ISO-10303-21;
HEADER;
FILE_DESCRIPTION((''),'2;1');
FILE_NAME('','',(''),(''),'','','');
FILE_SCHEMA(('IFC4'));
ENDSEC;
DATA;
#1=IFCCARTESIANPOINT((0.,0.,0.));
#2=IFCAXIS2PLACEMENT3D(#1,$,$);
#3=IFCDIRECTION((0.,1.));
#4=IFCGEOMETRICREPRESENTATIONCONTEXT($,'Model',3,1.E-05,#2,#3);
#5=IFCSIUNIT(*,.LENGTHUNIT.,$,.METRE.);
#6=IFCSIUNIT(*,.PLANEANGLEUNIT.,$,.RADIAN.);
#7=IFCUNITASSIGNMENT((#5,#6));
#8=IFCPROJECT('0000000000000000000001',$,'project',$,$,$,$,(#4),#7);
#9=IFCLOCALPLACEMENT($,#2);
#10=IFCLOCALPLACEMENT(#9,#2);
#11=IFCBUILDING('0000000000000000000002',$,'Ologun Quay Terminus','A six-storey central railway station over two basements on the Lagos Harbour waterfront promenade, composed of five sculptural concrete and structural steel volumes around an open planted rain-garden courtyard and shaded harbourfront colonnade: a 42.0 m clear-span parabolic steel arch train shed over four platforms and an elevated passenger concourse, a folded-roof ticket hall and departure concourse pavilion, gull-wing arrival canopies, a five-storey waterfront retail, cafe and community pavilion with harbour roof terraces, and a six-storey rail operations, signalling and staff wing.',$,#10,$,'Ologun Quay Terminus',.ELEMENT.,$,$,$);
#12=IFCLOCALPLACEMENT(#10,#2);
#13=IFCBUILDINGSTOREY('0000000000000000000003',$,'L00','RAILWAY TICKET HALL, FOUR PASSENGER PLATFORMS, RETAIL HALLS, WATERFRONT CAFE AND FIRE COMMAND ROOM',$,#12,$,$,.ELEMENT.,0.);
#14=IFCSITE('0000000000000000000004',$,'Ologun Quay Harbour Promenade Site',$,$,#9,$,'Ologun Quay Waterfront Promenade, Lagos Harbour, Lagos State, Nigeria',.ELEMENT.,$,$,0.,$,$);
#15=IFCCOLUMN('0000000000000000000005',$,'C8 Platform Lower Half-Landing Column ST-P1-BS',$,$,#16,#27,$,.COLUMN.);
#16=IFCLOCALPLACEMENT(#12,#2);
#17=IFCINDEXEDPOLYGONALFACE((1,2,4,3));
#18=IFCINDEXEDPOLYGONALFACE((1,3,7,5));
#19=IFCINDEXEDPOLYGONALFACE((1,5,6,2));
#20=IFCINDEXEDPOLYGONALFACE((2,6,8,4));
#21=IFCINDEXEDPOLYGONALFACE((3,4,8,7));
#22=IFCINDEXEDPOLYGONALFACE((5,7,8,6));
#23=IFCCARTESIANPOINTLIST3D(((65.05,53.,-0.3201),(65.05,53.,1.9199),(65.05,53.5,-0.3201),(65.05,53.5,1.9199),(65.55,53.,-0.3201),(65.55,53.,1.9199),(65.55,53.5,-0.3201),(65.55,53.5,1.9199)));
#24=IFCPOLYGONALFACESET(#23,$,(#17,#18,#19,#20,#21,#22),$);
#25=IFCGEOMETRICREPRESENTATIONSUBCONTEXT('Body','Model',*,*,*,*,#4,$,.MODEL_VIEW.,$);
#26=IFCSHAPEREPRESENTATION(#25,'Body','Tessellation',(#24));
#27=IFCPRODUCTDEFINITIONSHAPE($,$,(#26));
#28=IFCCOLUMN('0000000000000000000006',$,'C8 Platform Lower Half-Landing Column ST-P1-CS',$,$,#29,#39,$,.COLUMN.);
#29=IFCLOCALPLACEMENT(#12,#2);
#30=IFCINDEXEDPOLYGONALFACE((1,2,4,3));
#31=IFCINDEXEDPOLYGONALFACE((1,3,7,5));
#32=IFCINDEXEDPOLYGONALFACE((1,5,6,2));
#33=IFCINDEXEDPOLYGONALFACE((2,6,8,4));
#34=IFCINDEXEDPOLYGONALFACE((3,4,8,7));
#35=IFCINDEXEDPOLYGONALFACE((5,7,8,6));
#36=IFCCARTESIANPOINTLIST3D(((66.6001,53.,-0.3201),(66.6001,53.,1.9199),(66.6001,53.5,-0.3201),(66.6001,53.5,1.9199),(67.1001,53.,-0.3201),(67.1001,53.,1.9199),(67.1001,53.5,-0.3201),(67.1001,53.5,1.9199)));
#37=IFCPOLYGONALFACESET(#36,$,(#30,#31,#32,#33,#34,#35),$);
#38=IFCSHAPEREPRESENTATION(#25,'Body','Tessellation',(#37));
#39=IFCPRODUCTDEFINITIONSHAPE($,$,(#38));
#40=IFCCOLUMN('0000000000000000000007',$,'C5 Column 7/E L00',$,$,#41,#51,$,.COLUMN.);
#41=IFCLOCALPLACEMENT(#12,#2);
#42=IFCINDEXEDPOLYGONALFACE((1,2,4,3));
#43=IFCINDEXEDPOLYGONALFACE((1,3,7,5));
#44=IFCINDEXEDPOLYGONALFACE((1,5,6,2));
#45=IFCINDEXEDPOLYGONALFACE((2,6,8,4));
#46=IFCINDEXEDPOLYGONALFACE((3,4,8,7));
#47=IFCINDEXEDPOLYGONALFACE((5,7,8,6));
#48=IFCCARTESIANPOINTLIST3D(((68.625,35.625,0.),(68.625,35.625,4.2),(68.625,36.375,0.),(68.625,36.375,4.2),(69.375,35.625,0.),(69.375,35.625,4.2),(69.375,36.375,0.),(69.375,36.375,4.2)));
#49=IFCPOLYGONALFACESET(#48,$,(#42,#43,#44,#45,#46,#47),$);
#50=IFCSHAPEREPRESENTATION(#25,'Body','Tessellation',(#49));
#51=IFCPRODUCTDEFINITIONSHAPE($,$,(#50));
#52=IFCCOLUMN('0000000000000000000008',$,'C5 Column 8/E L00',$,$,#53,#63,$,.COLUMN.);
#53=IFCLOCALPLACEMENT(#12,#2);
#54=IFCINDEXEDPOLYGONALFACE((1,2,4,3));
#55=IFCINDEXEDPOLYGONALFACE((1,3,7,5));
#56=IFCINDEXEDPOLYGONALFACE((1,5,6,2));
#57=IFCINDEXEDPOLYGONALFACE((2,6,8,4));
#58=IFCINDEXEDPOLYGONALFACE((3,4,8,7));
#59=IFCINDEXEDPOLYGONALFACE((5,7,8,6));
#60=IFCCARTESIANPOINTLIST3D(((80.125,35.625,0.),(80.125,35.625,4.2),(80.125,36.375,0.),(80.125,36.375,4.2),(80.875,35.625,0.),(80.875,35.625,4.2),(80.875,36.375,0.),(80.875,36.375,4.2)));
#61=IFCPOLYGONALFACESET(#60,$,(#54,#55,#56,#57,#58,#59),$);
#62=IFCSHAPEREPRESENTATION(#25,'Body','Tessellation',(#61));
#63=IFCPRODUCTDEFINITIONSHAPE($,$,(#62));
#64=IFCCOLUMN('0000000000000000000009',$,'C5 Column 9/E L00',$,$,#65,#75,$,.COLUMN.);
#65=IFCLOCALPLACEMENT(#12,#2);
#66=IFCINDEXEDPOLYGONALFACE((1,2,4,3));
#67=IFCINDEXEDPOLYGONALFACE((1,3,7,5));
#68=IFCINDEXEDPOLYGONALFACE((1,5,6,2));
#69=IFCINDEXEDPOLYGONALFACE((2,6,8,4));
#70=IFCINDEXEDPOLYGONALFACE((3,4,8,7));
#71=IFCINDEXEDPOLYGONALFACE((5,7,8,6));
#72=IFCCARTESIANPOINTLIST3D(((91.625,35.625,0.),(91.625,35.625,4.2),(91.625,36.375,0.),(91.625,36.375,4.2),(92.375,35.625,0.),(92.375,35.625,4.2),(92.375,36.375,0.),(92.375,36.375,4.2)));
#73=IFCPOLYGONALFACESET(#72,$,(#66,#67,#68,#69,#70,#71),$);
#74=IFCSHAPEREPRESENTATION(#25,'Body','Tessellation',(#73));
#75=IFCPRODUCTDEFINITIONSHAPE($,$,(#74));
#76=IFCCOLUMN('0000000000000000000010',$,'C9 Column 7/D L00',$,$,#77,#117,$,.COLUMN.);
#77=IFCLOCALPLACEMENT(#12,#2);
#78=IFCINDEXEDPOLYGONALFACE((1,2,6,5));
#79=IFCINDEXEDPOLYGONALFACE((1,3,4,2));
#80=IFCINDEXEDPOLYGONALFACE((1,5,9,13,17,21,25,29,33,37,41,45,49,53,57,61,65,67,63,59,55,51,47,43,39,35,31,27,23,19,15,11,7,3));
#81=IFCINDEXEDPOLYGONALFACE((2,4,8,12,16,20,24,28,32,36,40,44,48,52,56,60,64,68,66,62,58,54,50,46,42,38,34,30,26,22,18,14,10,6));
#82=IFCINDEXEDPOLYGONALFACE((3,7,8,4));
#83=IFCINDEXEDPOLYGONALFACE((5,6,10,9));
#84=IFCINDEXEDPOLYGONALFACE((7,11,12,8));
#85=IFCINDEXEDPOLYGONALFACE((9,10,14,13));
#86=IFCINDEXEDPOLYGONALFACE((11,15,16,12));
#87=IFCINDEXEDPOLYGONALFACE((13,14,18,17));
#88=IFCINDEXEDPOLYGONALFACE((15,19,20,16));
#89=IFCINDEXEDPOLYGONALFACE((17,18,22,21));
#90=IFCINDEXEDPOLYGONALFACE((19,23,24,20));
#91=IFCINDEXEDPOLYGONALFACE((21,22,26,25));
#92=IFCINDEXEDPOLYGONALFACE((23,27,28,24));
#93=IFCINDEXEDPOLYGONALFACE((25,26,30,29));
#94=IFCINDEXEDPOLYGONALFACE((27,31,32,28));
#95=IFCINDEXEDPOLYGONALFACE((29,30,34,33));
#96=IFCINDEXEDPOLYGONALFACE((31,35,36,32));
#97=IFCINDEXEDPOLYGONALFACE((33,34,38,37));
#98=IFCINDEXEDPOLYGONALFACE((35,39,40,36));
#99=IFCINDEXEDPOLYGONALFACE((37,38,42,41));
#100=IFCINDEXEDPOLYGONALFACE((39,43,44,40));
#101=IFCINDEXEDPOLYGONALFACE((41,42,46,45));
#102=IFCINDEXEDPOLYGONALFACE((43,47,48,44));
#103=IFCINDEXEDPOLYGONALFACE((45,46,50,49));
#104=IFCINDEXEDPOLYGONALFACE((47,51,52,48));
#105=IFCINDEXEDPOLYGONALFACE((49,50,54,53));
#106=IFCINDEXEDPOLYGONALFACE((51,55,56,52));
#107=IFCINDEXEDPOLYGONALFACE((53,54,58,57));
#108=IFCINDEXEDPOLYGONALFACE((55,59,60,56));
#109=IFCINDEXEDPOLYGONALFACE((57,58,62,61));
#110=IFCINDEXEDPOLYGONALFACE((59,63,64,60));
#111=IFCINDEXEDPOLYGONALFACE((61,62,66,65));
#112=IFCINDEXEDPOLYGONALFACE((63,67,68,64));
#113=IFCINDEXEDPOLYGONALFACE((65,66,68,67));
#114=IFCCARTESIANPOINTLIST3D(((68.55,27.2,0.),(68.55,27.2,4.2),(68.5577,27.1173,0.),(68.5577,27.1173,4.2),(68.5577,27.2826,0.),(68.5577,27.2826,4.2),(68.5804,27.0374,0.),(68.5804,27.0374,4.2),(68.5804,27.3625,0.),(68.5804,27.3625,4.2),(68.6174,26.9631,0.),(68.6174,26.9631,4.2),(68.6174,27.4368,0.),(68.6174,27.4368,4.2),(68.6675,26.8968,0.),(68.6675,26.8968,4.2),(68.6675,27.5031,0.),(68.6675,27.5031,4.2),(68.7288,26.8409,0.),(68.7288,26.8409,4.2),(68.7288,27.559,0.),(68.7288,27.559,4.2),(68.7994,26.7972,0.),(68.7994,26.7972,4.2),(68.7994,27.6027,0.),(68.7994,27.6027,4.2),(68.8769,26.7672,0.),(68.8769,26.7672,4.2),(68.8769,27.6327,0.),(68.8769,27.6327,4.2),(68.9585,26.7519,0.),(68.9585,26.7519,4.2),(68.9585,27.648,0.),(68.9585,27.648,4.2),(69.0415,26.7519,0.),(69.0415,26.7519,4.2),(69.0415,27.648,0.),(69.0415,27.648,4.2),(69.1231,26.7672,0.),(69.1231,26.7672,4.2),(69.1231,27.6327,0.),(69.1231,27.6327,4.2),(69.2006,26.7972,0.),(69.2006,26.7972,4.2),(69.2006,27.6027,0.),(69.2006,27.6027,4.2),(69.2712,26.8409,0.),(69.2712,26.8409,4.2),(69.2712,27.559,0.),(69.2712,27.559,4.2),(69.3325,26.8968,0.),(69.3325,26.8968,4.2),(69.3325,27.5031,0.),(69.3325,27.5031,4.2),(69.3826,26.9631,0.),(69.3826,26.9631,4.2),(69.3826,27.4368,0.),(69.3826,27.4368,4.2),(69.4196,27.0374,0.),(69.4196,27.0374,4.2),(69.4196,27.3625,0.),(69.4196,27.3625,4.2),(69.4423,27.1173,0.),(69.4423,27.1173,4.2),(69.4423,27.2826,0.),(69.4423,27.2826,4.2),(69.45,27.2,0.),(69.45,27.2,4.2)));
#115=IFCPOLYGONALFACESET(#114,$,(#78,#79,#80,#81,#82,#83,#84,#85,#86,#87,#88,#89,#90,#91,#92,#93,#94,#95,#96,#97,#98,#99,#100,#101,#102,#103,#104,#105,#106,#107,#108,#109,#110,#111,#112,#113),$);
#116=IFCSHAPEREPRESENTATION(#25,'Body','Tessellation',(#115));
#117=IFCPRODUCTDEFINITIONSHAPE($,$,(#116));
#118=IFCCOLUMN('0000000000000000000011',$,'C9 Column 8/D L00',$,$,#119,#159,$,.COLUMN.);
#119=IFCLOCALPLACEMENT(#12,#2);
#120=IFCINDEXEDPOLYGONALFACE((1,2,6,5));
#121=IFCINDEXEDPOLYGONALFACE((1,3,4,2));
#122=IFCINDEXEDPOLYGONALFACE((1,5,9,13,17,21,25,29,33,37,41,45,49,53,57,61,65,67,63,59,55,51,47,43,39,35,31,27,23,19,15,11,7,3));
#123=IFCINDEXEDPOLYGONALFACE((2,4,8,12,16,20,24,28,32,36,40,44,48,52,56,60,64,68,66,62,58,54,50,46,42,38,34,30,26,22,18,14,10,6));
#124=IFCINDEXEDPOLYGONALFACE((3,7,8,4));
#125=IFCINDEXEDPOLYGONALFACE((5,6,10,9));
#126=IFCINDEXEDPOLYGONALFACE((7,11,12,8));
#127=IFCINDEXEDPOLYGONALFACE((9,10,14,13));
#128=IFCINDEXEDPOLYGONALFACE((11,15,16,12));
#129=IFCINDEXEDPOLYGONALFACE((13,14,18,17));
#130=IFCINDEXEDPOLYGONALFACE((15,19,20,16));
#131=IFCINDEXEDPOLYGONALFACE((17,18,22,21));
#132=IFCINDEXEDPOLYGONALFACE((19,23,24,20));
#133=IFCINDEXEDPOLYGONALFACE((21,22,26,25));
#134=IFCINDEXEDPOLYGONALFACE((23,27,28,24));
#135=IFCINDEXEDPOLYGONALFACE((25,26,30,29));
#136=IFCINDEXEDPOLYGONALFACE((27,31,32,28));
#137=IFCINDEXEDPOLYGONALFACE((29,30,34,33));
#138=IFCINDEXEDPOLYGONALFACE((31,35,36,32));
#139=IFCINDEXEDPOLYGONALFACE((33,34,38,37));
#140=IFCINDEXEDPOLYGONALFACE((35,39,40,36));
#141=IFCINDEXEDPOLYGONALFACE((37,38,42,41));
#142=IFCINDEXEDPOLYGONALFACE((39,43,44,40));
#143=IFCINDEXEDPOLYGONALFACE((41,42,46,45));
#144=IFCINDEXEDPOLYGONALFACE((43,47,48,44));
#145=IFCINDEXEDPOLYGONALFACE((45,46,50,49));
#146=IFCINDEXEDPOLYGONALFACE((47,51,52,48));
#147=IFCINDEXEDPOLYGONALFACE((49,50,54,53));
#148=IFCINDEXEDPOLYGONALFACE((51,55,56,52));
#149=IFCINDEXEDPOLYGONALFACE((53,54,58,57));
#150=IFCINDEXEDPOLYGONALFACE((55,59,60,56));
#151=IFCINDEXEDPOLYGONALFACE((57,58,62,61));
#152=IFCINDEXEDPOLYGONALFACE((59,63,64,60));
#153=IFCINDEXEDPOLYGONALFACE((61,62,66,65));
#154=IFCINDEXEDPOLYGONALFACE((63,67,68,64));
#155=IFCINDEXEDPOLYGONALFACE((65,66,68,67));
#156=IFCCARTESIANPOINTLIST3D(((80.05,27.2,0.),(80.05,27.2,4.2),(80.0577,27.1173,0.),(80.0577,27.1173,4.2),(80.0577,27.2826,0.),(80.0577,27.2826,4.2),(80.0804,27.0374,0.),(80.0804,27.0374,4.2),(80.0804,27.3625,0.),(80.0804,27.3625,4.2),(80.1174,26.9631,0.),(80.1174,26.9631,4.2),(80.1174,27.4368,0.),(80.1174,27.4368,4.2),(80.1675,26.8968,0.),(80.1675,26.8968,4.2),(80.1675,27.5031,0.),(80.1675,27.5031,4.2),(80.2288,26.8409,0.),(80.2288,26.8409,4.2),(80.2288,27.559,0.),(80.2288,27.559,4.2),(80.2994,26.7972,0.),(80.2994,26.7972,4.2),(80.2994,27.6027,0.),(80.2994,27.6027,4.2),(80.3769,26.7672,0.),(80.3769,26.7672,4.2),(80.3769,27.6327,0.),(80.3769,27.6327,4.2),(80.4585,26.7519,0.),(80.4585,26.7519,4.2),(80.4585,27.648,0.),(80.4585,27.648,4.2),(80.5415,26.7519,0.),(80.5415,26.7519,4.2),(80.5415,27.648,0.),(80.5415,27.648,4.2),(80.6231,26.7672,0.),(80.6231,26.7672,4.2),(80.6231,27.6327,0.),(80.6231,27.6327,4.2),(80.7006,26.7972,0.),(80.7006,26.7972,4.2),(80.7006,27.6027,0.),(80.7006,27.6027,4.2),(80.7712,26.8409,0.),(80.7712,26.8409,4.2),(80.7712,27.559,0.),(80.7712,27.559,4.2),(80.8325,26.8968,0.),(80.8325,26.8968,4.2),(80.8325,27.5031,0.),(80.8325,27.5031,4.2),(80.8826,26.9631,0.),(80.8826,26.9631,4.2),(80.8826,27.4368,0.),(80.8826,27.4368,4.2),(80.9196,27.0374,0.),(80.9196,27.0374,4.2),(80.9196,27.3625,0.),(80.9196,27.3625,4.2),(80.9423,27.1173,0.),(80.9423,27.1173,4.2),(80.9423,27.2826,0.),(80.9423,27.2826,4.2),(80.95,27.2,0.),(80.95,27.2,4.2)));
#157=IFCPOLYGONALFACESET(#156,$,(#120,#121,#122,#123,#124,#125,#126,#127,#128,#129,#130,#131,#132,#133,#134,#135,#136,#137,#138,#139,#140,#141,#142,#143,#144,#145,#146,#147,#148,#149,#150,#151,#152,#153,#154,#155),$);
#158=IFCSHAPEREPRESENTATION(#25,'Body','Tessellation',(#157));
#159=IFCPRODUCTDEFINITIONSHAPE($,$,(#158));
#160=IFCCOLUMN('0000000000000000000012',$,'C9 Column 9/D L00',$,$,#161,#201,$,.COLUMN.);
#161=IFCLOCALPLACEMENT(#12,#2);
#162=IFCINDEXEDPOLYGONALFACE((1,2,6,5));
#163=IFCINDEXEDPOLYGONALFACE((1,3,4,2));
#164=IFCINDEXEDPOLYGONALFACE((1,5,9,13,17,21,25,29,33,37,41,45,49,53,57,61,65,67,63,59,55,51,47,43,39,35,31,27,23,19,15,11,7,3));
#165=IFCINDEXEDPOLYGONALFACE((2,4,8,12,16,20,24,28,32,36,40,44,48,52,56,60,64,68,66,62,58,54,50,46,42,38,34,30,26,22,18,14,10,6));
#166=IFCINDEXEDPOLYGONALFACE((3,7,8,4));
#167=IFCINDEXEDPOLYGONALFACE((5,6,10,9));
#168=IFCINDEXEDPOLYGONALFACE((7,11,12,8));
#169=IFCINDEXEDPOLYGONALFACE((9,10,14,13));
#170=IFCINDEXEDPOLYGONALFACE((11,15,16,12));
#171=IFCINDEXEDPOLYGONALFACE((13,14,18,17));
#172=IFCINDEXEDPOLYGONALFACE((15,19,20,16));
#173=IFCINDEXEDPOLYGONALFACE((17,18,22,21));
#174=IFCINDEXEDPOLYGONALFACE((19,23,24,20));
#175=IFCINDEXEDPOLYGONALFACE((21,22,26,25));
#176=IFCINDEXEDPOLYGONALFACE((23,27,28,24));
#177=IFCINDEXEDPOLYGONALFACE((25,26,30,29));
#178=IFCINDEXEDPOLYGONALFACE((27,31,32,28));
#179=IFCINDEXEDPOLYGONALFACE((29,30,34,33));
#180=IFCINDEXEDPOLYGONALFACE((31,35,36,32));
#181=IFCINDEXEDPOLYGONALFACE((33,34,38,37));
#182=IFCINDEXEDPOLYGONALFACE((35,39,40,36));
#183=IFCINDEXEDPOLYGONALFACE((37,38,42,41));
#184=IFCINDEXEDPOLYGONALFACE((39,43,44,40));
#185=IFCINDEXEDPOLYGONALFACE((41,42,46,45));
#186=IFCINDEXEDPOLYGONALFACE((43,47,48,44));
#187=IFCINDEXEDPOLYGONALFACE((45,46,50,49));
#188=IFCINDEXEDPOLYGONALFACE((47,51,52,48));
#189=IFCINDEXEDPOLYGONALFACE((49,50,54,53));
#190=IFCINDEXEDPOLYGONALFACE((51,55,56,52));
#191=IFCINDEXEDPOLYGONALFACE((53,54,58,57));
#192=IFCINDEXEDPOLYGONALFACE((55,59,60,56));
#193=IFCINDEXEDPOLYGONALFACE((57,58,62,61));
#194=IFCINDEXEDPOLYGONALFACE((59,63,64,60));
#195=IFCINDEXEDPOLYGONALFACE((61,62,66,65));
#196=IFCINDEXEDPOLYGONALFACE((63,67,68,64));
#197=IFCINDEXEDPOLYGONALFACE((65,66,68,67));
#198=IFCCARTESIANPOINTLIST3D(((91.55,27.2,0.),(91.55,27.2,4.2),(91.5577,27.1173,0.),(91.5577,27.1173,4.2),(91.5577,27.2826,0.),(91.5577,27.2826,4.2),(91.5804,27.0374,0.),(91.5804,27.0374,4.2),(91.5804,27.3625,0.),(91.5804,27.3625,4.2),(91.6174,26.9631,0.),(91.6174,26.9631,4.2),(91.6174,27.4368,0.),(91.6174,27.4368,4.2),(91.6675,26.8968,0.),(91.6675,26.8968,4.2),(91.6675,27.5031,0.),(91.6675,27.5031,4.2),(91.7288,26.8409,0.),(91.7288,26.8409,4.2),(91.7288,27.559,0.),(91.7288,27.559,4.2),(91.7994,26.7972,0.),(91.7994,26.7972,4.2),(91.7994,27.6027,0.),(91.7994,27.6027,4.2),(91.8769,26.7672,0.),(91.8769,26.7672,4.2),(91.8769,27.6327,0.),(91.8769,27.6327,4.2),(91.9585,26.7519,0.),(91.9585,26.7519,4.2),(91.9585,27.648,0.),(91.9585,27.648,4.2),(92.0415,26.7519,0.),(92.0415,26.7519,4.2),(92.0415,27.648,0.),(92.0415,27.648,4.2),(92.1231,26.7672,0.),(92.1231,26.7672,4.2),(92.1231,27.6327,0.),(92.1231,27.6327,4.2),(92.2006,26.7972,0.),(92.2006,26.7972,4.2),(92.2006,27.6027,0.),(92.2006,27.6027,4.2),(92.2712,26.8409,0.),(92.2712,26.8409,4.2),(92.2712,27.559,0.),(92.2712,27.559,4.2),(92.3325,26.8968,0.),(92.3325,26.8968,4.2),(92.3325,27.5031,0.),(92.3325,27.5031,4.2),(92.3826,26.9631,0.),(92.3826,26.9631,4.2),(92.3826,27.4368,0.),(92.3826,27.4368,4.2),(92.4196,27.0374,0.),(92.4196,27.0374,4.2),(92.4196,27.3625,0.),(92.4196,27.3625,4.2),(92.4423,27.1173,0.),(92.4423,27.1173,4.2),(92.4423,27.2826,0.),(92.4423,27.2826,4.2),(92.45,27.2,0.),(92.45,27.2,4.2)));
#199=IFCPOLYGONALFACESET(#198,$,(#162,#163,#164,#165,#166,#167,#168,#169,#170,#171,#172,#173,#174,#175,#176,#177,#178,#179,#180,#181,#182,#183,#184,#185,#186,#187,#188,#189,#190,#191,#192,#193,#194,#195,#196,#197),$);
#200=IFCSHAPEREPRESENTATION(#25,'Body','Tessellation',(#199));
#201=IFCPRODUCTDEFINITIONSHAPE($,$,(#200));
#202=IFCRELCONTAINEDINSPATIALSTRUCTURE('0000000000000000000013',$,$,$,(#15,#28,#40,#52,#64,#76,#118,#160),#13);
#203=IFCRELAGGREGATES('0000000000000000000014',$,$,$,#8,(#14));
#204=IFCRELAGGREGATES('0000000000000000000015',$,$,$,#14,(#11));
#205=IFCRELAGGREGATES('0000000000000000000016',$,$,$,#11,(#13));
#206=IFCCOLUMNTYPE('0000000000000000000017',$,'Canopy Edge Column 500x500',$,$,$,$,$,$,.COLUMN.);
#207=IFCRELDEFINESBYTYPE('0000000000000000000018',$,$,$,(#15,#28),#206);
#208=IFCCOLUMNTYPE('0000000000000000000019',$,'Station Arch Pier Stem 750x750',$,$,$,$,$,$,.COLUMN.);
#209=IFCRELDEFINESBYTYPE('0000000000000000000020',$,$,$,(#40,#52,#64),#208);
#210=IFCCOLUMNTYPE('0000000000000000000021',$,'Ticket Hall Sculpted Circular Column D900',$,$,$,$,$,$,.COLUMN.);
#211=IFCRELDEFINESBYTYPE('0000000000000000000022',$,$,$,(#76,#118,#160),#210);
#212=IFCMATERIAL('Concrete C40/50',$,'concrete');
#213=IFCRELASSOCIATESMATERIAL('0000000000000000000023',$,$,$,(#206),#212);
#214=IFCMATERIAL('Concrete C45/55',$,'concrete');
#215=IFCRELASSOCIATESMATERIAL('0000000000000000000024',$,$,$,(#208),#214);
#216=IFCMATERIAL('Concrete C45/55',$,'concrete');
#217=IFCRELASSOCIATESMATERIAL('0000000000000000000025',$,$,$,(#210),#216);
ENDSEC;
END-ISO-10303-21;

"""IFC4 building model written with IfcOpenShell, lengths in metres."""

from ifc_helpers import new_model, si_unit, direction, frame, origin, origin_2d, place, context, subcontext, project, spatial, rectangle, circle, extrude, material, material_profile, profile_set, type_object, element, save


model = new_model("IFC4")

# Units and contexts
model_context = context("Model", 3, precision=1e-05, world=origin(), true_north=direction((0.0, 1.0)))
body_context = subcontext(model_context, "Body", "Model", "MODEL_VIEW")
ifc_project = project(units=[si_unit("LENGTHUNIT", "METRE"), si_unit("PLANEANGLEUNIT", "RADIAN")], contexts=[model_context])

# Site, building, storey
site_placement = place(None, origin())
site = spatial("IfcSite", under=ifc_project, at=site_placement, Name="Ologun Quay Harbour Promenade Site", LongName="Ologun Quay Waterfront Promenade, Lagos Harbour, Lagos State, Nigeria", CompositionType="ELEMENT", RefElevation=0.0)
building_placement = place(site_placement, origin())
building = spatial("IfcBuilding", under=site, at=building_placement, Name="Ologun Quay Terminus", Description="A six-storey central railway station over two basements on the Lagos Harbour waterfront promenade, composed of five sculptural concrete and structural steel volumes around an open planted rain-garden courtyard and shaded harbourfront colonnade: a 42.0 m clear-span parabolic steel arch train shed over four platforms and an elevated passenger concourse, a folded-roof ticket hall and departure concourse pavilion, gull-wing arrival canopies, a five-storey waterfront retail, cafe and community pavilion with harbour roof terraces, and a six-storey rail operations, signalling and staff wing.", LongName="Ologun Quay Terminus", CompositionType="ELEMENT")
storey_placement = place(building_placement, origin())
storey = spatial("IfcBuildingStorey", under=building, at=storey_placement, Name="L00", Description="RAILWAY TICKET HALL, FOUR PASSENGER PLATFORMS, RETAIL HALLS, WATERFRONT CAFE AND FIRE COMMAND ROOM", CompositionType="ELEMENT", Elevation=0.0)

# Columns
ifc_material_1 = material(Name="Concrete C40/50", Category="concrete")
ifc_material_profile_1 = material_profile(ifc_material_1, rectangle(XDim=0.5, YDim=0.5, at=origin_2d()), Name="RC 500x500")
ifc_profile_set_1 = profile_set([ifc_material_profile_1], Name="Concrete C40/50")
column_type_1 = type_object("IfcColumnType", Name="Canopy Edge Column 500x500", PredefinedType="COLUMN", material=ifc_profile_set_1)
for number, where, z_axis, x_axis, name in (
    (1, (65.3, 53.25, -0.3201), (0.0, 0.0, 1.0), (1.0, 0.0, 0.0), "C8 Platform Lower Half-Landing Column ST-P1-BS"),
    (2, (66.8501, 53.25, -0.3201), (0.0, 0.0, 1.0), (1.0, 0.0, 0.0), "C8 Platform Lower Half-Landing Column ST-P1-CS"),
):
    element("IfcColumn", number, at=place(storey_placement, frame(where, z_axis=z_axis, x_axis=x_axis)), inside=storey, type_object=column_type_1, Name=name, PredefinedType="COLUMN", context=body_context, shape_type="SweptSolid", body=[
        extrude(rectangle(XDim=0.5, YDim=0.5, at=origin_2d()), origin(), (0.0, 0.0, 1.0), 2.24),
    ])
ifc_material_2 = material(Name="Concrete C45/55", Category="concrete")
ifc_material_profile_2 = material_profile(ifc_material_2, rectangle(XDim=0.75, YDim=0.75, at=origin_2d()), Name="RC 750x750")
ifc_profile_set_2 = profile_set([ifc_material_profile_2], Name="Concrete C45/55")
column_type_2 = type_object("IfcColumnType", Name="Station Arch Pier Stem 750x750", PredefinedType="COLUMN", material=ifc_profile_set_2)
for number, where, z_axis, x_axis, name in (
    (3, (69.0, 36.0, 0.0), (0.0, 0.0, 1.0), (1.0, 0.0, 0.0), "C5 Column 7/E L00"),
    (4, (80.5, 36.0, 0.0), (0.0, 0.0, 1.0), (1.0, 0.0, 0.0), "C5 Column 8/E L00"),
    (5, (92.0, 36.0, 0.0), (0.0, 0.0, 1.0), (1.0, 0.0, 0.0), "C5 Column 9/E L00"),
):
    element("IfcColumn", number, at=place(storey_placement, frame(where, z_axis=z_axis, x_axis=x_axis)), inside=storey, type_object=column_type_2, Name=name, PredefinedType="COLUMN", context=body_context, shape_type="SweptSolid", body=[
        extrude(rectangle(XDim=0.75, YDim=0.75, at=origin_2d()), origin(), (0.0, 0.0, 1.0), 4.2),
    ])
ifc_material_3 = material(Name="Concrete C45/55", Category="concrete")
ifc_material_profile_3 = material_profile(ifc_material_3, circle(Radius=0.45, at=origin_2d()), Name="RC D900")
ifc_profile_set_3 = profile_set([ifc_material_profile_3], Name="Concrete C45/55")
column_type_3 = type_object("IfcColumnType", Name="Ticket Hall Sculpted Circular Column D900", PredefinedType="COLUMN", material=ifc_profile_set_3)
for number, where, z_axis, x_axis, name in (
    (6, (69.0, 27.2, 0.0), (0.0, 0.0, 1.0), (1.0, 0.0, 0.0), "C9 Column 7/D L00"),
    (7, (80.5, 27.2, 0.0), (0.0, 0.0, 1.0), (1.0, 0.0, 0.0), "C9 Column 8/D L00"),
    (8, (92.0, 27.2, 0.0), (0.0, 0.0, 1.0), (1.0, 0.0, 0.0), "C9 Column 9/D L00"),
):
    element("IfcColumn", number, at=place(storey_placement, frame(where, z_axis=z_axis, x_axis=x_axis)), inside=storey, type_object=column_type_3, Name=name, PredefinedType="COLUMN", context=body_context, shape_type="SweptSolid", body=[
        extrude(circle(Radius=0.45, at=origin_2d()), origin(), (0.0, 0.0, 1.0), 4.2),
    ])

save(model, "model.ifc")
